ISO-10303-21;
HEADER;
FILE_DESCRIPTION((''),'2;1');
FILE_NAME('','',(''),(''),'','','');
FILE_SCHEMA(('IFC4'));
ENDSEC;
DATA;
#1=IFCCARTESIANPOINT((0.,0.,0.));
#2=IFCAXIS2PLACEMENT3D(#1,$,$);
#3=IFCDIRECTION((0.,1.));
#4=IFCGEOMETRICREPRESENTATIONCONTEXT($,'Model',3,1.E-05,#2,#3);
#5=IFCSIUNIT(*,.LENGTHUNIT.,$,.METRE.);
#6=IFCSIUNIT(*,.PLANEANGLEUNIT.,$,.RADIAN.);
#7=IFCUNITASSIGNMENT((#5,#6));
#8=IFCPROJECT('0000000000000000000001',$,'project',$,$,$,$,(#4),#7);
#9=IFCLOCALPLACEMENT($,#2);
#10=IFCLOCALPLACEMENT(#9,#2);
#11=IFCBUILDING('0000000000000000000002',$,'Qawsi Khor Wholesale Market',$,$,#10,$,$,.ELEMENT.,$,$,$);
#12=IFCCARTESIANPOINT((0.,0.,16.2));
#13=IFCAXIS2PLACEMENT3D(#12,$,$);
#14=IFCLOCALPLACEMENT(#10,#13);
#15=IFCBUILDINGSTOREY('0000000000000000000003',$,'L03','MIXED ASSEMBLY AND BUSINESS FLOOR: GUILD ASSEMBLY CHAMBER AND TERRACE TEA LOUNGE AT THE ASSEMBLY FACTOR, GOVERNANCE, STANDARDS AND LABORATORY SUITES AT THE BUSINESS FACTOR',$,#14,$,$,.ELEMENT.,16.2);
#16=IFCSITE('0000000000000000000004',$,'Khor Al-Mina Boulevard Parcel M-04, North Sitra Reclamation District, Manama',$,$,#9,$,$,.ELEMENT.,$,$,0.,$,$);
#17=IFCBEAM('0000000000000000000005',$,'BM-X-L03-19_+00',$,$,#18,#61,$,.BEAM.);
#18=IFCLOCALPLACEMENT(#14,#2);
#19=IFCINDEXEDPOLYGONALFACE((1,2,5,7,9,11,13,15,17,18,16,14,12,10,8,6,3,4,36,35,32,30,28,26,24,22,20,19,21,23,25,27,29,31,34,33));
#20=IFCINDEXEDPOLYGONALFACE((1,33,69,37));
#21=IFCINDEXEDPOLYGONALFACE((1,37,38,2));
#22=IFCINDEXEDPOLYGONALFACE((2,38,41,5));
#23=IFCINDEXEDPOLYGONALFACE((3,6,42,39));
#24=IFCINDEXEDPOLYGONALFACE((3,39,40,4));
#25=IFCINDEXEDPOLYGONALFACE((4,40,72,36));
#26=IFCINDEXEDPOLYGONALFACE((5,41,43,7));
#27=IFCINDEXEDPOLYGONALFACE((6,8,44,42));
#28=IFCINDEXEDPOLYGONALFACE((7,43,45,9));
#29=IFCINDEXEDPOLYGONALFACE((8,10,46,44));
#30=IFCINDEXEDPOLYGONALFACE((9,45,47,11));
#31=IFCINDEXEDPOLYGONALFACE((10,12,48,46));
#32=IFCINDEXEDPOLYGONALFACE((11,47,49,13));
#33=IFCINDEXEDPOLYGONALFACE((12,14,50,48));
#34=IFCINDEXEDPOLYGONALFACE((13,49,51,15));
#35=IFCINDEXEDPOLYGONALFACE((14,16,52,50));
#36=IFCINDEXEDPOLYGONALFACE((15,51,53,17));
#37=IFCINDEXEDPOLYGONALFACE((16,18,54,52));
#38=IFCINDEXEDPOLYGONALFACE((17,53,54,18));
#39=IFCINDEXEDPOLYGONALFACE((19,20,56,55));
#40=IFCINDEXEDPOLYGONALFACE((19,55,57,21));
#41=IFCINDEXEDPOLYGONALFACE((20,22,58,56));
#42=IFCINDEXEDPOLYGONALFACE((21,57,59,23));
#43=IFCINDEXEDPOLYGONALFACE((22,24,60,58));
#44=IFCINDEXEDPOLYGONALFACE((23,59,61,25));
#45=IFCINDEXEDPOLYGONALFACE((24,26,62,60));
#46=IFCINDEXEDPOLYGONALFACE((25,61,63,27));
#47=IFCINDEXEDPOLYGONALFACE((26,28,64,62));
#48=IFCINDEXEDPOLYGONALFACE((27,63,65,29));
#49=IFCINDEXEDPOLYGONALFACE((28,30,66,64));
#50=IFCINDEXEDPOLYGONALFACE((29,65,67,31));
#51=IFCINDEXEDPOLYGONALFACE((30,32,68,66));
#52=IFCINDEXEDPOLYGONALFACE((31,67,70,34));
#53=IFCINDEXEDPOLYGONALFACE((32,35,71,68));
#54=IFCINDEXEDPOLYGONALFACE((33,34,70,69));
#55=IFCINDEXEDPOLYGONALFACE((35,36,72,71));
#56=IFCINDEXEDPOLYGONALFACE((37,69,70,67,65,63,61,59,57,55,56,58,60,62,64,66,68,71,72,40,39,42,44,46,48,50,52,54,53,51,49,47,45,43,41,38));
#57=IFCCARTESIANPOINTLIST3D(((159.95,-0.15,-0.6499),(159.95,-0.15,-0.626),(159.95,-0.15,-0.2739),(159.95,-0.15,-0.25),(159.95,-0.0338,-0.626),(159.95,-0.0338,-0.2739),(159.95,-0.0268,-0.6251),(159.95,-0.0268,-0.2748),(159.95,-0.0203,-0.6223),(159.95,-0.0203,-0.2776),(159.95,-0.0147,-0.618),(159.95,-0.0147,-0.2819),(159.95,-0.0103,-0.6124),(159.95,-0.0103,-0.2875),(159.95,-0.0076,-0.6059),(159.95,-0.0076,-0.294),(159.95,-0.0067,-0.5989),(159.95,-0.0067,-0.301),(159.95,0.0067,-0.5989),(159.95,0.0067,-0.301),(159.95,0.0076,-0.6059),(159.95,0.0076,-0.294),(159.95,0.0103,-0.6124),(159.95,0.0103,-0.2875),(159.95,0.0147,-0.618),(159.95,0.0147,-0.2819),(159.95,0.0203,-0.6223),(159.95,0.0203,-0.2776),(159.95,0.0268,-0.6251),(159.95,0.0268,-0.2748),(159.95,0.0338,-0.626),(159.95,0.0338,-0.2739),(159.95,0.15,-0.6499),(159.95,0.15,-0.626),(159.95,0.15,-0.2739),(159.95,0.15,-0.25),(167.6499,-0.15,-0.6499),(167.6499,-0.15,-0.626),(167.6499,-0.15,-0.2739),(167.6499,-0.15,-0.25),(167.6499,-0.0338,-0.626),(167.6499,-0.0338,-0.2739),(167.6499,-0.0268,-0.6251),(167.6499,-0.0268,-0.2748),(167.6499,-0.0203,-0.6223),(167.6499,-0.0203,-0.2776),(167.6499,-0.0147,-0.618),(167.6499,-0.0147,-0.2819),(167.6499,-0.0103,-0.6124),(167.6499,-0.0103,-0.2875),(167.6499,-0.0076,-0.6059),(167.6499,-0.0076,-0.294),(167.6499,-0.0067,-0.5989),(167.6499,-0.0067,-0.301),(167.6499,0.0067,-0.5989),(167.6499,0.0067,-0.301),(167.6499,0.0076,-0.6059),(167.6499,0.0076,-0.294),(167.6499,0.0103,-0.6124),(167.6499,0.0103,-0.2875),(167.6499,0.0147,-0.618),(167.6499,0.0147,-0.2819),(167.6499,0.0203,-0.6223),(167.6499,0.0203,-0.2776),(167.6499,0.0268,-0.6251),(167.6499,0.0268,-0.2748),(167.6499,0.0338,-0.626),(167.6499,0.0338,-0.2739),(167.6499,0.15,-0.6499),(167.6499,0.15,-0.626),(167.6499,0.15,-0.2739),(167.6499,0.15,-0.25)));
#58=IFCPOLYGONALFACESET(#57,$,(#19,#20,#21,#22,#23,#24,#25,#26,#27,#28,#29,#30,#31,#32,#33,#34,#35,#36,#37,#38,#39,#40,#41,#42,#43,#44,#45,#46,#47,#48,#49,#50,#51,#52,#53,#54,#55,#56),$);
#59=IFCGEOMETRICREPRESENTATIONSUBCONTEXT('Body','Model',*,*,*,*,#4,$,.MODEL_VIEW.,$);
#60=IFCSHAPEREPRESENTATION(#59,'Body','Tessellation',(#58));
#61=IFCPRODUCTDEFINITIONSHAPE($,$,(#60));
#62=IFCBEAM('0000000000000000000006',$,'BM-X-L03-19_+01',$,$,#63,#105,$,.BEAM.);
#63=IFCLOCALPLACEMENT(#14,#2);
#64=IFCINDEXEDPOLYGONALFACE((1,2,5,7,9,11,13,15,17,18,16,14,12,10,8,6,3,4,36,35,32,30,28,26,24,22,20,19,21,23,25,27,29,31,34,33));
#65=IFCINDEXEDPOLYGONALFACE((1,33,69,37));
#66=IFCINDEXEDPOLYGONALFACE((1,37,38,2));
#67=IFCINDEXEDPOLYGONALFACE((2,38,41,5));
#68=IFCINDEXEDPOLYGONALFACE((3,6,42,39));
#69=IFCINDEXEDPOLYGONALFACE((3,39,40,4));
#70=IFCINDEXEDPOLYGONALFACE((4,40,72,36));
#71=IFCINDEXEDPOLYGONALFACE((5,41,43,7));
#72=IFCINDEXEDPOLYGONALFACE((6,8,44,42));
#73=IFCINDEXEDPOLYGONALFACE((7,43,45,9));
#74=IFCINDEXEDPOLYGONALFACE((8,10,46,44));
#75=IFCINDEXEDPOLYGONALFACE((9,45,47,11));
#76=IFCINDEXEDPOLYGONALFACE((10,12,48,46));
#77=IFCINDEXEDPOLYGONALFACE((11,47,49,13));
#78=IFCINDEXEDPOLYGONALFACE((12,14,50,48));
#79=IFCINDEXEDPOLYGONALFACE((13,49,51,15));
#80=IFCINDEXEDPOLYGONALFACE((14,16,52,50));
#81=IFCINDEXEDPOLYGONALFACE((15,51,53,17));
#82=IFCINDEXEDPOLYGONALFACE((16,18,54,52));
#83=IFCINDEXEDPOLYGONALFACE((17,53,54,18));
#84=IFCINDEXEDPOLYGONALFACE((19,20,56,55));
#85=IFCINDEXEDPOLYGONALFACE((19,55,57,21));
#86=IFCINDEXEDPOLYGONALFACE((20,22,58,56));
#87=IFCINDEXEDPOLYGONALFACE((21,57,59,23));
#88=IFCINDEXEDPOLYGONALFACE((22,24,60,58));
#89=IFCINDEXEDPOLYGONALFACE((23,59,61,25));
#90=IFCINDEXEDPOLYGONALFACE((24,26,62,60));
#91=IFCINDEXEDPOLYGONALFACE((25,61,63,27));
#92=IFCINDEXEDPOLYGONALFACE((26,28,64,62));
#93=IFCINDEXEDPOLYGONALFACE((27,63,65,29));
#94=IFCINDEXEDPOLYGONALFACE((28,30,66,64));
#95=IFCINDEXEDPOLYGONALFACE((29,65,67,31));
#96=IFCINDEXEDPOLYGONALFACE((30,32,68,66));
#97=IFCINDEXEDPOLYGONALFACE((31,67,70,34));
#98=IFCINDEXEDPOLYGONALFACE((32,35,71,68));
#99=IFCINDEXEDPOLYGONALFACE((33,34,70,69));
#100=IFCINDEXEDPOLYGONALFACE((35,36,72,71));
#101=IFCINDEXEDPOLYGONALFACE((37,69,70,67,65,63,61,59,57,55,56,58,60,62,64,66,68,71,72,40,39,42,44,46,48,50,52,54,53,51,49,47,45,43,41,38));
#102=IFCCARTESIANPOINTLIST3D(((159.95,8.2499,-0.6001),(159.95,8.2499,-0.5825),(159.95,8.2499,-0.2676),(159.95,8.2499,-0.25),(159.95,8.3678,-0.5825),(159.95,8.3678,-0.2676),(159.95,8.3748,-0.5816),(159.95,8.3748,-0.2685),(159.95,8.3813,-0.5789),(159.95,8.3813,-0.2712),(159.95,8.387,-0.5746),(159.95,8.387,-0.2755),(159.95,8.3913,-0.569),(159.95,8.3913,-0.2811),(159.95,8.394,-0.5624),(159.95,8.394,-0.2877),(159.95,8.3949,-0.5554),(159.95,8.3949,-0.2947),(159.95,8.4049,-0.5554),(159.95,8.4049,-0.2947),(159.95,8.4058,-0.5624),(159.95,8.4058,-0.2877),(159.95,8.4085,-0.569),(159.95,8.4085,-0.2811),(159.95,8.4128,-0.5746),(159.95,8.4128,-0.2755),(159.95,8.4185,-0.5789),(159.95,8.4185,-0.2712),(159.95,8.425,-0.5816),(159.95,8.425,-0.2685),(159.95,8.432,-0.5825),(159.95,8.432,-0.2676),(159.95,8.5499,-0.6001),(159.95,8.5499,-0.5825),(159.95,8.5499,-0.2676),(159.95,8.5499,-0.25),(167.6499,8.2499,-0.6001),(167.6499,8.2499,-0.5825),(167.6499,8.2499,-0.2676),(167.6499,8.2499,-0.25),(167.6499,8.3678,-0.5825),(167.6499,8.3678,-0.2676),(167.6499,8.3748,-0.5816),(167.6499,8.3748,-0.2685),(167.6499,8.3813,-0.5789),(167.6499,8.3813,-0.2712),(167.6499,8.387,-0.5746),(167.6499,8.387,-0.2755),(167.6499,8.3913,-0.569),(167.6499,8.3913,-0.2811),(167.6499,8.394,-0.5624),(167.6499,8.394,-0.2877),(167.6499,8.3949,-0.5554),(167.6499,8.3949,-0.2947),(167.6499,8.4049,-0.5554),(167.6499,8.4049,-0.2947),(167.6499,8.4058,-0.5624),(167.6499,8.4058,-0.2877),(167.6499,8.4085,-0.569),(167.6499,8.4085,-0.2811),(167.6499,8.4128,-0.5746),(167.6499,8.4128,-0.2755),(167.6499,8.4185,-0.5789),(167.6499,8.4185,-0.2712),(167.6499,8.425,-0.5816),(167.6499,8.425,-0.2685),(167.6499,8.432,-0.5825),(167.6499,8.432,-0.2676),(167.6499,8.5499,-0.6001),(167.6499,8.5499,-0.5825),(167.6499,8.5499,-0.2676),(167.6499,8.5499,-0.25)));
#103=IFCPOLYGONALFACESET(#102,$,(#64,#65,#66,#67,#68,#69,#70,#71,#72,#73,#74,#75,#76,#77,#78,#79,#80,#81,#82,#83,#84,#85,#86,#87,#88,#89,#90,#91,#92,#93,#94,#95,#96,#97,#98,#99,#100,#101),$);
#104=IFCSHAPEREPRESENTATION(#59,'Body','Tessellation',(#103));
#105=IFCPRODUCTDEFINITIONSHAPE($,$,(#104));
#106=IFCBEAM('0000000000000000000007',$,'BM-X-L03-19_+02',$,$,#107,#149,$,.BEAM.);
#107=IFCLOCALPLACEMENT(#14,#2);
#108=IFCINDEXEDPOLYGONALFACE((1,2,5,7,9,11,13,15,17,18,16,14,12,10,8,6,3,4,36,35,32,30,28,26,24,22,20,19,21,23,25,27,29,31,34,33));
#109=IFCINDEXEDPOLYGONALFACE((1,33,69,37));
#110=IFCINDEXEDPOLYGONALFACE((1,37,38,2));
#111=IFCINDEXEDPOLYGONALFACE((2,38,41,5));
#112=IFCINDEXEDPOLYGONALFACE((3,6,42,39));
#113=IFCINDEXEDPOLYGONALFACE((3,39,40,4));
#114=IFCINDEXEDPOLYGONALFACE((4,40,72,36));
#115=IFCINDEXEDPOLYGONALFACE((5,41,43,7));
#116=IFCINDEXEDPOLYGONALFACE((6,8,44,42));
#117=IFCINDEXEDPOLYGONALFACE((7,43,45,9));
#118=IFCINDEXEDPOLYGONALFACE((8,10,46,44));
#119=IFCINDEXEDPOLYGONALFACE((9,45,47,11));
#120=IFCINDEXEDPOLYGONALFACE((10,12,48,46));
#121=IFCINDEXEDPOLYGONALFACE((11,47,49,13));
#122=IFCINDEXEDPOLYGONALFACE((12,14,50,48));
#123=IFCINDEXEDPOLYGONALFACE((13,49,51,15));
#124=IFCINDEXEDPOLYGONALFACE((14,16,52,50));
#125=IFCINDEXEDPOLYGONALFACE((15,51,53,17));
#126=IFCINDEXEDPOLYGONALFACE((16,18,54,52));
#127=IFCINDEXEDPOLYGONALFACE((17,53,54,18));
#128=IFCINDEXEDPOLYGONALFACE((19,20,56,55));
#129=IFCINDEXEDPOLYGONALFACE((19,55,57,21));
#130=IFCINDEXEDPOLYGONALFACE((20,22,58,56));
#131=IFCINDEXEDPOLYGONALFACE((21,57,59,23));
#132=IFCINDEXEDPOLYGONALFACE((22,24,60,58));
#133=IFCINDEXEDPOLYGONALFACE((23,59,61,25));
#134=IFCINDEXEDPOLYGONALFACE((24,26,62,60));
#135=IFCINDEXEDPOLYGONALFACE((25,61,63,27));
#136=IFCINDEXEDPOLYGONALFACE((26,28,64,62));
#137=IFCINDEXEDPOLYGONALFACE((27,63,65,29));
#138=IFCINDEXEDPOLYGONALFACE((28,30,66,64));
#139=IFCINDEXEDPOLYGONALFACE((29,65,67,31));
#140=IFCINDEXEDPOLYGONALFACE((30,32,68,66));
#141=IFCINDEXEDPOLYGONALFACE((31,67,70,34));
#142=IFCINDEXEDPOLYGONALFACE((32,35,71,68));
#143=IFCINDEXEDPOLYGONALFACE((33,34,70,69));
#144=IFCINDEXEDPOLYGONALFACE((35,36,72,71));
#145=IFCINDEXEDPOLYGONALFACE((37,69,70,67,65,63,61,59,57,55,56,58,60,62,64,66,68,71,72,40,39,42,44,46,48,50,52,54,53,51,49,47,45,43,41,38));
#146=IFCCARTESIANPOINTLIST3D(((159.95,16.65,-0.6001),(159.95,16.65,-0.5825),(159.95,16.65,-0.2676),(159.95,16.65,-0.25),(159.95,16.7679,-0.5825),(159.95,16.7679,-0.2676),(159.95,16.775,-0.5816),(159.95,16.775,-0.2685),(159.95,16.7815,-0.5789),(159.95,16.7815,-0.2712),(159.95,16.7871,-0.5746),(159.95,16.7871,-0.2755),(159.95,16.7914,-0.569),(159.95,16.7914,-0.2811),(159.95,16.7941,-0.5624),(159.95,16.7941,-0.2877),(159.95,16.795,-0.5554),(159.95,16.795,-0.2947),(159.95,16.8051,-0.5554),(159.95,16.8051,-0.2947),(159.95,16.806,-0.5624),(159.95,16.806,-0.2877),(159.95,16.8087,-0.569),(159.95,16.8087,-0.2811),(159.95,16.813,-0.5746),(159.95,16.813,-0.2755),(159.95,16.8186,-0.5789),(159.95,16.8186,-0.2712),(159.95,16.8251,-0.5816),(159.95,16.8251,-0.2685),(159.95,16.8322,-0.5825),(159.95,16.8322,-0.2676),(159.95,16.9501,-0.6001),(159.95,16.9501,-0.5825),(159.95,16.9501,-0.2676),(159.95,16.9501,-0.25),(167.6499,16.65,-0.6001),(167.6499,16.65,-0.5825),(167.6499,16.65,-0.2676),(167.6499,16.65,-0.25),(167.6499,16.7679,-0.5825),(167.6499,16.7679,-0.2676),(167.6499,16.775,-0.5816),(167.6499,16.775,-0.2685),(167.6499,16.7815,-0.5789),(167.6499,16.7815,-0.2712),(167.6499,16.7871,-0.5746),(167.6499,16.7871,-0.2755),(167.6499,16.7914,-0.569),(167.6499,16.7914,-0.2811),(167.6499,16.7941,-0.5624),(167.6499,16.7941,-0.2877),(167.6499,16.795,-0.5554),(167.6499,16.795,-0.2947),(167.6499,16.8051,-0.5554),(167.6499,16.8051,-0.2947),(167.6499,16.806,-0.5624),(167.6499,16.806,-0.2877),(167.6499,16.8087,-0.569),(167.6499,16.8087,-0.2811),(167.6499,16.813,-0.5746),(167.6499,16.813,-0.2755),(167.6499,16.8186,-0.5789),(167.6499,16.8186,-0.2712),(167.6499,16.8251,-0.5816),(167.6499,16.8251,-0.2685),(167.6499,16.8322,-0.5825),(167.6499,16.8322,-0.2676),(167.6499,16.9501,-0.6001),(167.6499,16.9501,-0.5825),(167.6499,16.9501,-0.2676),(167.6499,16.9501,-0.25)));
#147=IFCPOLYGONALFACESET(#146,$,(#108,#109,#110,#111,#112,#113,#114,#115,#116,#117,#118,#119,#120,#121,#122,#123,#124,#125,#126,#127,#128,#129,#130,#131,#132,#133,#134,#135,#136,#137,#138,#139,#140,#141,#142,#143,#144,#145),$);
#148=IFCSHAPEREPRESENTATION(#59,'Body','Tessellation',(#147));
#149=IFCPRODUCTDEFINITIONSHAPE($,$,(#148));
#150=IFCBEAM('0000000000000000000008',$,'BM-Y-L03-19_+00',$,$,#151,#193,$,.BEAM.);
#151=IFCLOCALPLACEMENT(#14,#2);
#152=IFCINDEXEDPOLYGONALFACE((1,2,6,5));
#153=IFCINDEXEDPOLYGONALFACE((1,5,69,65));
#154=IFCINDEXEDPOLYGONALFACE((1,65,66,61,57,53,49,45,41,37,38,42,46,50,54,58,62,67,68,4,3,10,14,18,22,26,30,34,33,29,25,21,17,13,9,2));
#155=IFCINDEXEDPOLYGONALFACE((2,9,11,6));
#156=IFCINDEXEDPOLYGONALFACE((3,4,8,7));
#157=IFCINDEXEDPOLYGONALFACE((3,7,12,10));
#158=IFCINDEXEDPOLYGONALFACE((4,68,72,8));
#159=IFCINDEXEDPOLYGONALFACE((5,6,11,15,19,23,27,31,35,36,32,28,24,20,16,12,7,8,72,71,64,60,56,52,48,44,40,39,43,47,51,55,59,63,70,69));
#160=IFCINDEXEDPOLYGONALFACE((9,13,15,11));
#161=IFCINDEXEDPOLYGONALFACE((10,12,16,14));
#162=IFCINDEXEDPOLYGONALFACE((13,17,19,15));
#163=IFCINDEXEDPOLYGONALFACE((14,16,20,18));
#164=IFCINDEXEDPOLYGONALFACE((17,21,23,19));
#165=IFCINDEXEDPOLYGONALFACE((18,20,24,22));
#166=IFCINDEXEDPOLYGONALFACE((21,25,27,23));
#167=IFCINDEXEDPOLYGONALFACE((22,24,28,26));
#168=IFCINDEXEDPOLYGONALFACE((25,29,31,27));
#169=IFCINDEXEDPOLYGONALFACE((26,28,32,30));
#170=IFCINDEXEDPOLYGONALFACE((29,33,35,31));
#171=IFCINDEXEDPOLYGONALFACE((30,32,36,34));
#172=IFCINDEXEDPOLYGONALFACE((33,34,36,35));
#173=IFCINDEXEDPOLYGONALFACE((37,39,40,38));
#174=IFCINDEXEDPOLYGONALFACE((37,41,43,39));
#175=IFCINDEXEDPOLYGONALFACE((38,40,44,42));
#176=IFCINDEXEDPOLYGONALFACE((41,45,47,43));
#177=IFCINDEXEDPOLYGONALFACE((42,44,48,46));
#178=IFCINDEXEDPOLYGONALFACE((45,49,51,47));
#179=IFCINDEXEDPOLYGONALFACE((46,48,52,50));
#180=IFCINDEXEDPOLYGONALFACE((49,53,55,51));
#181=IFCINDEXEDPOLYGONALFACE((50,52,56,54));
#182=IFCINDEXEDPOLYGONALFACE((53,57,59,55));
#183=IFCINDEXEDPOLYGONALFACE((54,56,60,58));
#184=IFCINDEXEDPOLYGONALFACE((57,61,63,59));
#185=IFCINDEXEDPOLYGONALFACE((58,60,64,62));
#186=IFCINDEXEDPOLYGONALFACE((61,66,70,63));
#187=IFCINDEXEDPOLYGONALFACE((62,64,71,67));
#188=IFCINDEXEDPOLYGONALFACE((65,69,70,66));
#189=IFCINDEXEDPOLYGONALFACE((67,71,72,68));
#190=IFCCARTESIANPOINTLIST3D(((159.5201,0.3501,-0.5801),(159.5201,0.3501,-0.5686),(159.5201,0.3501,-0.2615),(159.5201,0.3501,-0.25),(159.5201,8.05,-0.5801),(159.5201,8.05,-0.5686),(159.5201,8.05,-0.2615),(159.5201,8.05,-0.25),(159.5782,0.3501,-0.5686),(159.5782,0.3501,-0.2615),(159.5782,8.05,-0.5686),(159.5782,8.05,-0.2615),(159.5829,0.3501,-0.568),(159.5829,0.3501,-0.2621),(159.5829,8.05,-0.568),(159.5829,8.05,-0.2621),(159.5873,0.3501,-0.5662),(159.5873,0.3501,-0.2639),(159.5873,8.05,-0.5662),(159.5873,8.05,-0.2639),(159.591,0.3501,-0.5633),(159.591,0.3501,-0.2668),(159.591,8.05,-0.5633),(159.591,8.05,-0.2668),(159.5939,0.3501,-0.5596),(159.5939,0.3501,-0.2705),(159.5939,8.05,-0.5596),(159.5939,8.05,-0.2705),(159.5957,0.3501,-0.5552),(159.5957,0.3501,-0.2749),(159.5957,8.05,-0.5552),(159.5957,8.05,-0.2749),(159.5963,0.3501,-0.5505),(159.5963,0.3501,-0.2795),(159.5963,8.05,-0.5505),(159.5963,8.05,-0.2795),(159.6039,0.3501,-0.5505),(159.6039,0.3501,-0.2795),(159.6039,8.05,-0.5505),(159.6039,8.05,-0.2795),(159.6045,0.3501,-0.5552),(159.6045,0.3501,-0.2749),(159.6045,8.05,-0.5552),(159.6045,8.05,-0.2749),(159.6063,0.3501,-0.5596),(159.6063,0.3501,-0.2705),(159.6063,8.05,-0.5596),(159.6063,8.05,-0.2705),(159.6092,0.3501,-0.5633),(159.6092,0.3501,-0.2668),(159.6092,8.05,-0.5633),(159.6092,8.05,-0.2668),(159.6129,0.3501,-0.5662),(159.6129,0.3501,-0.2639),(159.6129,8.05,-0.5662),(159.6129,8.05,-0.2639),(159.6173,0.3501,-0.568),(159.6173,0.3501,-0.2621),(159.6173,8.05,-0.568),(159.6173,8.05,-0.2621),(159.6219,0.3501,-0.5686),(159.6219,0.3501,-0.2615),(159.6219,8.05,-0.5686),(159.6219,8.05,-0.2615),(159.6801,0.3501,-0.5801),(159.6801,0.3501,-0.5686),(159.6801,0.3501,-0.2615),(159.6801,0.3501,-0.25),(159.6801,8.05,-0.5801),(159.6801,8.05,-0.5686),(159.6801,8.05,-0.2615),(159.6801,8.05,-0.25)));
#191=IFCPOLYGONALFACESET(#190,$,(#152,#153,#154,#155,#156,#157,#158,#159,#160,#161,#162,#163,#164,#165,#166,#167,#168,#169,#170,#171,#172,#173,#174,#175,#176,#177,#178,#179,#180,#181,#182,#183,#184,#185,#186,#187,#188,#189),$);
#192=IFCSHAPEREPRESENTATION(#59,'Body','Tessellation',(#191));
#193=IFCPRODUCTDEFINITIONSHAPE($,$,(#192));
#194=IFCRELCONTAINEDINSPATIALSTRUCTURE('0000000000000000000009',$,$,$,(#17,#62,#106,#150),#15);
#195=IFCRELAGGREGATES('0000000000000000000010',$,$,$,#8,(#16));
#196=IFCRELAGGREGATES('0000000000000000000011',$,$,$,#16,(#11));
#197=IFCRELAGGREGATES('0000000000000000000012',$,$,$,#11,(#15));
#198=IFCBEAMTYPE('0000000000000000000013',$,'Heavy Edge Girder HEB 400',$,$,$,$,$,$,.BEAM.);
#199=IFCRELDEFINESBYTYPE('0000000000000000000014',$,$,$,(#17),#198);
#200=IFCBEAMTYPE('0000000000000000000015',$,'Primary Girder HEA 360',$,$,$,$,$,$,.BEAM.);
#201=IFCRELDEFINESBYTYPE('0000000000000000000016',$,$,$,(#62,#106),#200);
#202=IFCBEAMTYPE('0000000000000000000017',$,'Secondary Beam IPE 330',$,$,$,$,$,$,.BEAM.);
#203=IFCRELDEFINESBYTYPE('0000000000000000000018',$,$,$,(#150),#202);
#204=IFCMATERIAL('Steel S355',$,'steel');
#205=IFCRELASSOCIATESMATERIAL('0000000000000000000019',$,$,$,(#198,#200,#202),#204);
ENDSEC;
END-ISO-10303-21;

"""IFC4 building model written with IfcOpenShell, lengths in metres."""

from ifc_helpers import new_model, si_unit, direction, frame, origin, origin_2d, place, context, subcontext, project, spatial, i_section, extrude, material, material_profile, profile_set, type_object, element, save


model = new_model("IFC4")

# Units and contexts
model_context = context("Model", 3, precision=1e-05, world=origin(), true_north=direction((0.0, 1.0)))
body_context = subcontext(model_context, "Body", "Model", "MODEL_VIEW")
ifc_project = project(units=[si_unit("LENGTHUNIT", "METRE"), si_unit("PLANEANGLEUNIT", "RADIAN")], contexts=[model_context])

# Site, building, storey
site_placement = place(None, origin())
site = spatial("IfcSite", under=ifc_project, at=site_placement, Name="Khor Al-Mina Boulevard Parcel M-04, North Sitra Reclamation District, Manama", CompositionType="ELEMENT", RefElevation=0.0)
building_placement = place(site_placement, origin())
building = spatial("IfcBuilding", under=site, at=building_placement, Name="Qawsi Khor Wholesale Market", CompositionType="ELEMENT")
storey_placement = place(building_placement, frame((0.0, 0.0, 16.2)))
storey = spatial("IfcBuildingStorey", under=building, at=storey_placement, Name="L03", Description="MIXED ASSEMBLY AND BUSINESS FLOOR: GUILD ASSEMBLY CHAMBER AND TERRACE TEA LOUNGE AT THE ASSEMBLY FACTOR, GOVERNANCE, STANDARDS AND LABORATORY SUITES AT THE BUSINESS FACTOR", CompositionType="ELEMENT", Elevation=16.2)

# Beams
ifc_material_1 = material(Name="Steel S355", Category="steel")
ifc_material_profile_1 = material_profile(ifc_material_1, i_section(OverallWidth=0.3, OverallDepth=0.3999, WebThickness=0.0134, FlangeThickness=0.0239, FilletRadius=0.0271, at=origin_2d()), Name="HEB 400")
ifc_profile_set_1 = profile_set([ifc_material_profile_1], Name="Steel S355")
beam_type_1 = type_object("IfcBeamType", Name="Heavy Edge Girder HEB 400", PredefinedType="BEAM", material=ifc_profile_set_1)
beam_placement = place(storey_placement, frame((159.95, 0.0, -0.45), z_axis=(1.0, 0.0, 0.0), x_axis=(0.0, 1.0, 0.0)))
element("IfcBeam", 1, at=beam_placement, inside=storey, type_object=beam_type_1, Name="BM-X-L03-19_+00", PredefinedType="BEAM", context=body_context, shape_type="SweptSolid", body=[
    extrude(i_section(OverallWidth=0.3, OverallDepth=0.3999, WebThickness=0.0134, FlangeThickness=0.0239, FilletRadius=0.0271, at=origin_2d()), origin(), (0.0, 0.0, 1.0), 7.7),
])
ifc_material_profile_2 = material_profile(ifc_material_1, i_section(OverallWidth=0.3, OverallDepth=0.3501, WebThickness=0.01, FlangeThickness=0.0176, FilletRadius=0.0271, at=origin_2d()), Name="HEA 360")
ifc_profile_set_2 = profile_set([ifc_material_profile_2], Name="Steel S355")
beam_type_2 = type_object("IfcBeamType", Name="Primary Girder HEA 360", PredefinedType="BEAM", material=ifc_profile_set_2)
for number, where, z_axis, x_axis, name in (
    (2, (159.95, 8.3999, -0.425), (1.0, 0.0, 0.0), (0.0, 1.0, 0.0), "BM-X-L03-19_+01"),
    (3, (159.95, 16.8, -0.425), (1.0, 0.0, 0.0), (0.0, 1.0, 0.0), "BM-X-L03-19_+02"),
):
    element("IfcBeam", number, at=place(storey_placement, frame(where, z_axis=z_axis, x_axis=x_axis)), inside=storey, type_object=beam_type_2, Name=name, PredefinedType="BEAM", context=body_context, shape_type="SweptSolid", body=[
        extrude(i_section(OverallWidth=0.3, OverallDepth=0.3501, WebThickness=0.01, FlangeThickness=0.0176, FilletRadius=0.0271, at=origin_2d()), origin(), (0.0, 0.0, 1.0), 7.7),
    ])
ifc_material_profile_3 = material_profile(ifc_material_1, i_section(OverallWidth=0.1599, OverallDepth=0.3301, WebThickness=0.0076, FlangeThickness=0.0115, FilletRadius=0.0181, at=origin_2d()), Name="IPE 330")
ifc_profile_set_3 = profile_set([ifc_material_profile_3], Name="Steel S355")
beam_type_3 = type_object("IfcBeamType", Name="Secondary Beam IPE 330", PredefinedType="BEAM", material=ifc_profile_set_3)
for number, where, z_axis, x_axis, name in (
    (4, (159.6001, 0.3501, -0.415), (0.0, 1.0, 0.0), (-1.0, 0.0, 0.0), "BM-Y-L03-19_+00"),
):
    element("IfcBeam", number, at=place(storey_placement, frame(where, z_axis=z_axis, x_axis=x_axis)), inside=storey, type_object=beam_type_3, Name=name, PredefinedType="BEAM", context=body_context, shape_type="SweptSolid", body=[
        extrude(i_section(OverallWidth=0.1599, OverallDepth=0.3301, WebThickness=0.0076, FlangeThickness=0.0115, FilletRadius=0.0181, at=origin_2d()), origin(), (0.0, 0.0, 1.0), 7.7),
    ])

save(model, "model.ifc")
